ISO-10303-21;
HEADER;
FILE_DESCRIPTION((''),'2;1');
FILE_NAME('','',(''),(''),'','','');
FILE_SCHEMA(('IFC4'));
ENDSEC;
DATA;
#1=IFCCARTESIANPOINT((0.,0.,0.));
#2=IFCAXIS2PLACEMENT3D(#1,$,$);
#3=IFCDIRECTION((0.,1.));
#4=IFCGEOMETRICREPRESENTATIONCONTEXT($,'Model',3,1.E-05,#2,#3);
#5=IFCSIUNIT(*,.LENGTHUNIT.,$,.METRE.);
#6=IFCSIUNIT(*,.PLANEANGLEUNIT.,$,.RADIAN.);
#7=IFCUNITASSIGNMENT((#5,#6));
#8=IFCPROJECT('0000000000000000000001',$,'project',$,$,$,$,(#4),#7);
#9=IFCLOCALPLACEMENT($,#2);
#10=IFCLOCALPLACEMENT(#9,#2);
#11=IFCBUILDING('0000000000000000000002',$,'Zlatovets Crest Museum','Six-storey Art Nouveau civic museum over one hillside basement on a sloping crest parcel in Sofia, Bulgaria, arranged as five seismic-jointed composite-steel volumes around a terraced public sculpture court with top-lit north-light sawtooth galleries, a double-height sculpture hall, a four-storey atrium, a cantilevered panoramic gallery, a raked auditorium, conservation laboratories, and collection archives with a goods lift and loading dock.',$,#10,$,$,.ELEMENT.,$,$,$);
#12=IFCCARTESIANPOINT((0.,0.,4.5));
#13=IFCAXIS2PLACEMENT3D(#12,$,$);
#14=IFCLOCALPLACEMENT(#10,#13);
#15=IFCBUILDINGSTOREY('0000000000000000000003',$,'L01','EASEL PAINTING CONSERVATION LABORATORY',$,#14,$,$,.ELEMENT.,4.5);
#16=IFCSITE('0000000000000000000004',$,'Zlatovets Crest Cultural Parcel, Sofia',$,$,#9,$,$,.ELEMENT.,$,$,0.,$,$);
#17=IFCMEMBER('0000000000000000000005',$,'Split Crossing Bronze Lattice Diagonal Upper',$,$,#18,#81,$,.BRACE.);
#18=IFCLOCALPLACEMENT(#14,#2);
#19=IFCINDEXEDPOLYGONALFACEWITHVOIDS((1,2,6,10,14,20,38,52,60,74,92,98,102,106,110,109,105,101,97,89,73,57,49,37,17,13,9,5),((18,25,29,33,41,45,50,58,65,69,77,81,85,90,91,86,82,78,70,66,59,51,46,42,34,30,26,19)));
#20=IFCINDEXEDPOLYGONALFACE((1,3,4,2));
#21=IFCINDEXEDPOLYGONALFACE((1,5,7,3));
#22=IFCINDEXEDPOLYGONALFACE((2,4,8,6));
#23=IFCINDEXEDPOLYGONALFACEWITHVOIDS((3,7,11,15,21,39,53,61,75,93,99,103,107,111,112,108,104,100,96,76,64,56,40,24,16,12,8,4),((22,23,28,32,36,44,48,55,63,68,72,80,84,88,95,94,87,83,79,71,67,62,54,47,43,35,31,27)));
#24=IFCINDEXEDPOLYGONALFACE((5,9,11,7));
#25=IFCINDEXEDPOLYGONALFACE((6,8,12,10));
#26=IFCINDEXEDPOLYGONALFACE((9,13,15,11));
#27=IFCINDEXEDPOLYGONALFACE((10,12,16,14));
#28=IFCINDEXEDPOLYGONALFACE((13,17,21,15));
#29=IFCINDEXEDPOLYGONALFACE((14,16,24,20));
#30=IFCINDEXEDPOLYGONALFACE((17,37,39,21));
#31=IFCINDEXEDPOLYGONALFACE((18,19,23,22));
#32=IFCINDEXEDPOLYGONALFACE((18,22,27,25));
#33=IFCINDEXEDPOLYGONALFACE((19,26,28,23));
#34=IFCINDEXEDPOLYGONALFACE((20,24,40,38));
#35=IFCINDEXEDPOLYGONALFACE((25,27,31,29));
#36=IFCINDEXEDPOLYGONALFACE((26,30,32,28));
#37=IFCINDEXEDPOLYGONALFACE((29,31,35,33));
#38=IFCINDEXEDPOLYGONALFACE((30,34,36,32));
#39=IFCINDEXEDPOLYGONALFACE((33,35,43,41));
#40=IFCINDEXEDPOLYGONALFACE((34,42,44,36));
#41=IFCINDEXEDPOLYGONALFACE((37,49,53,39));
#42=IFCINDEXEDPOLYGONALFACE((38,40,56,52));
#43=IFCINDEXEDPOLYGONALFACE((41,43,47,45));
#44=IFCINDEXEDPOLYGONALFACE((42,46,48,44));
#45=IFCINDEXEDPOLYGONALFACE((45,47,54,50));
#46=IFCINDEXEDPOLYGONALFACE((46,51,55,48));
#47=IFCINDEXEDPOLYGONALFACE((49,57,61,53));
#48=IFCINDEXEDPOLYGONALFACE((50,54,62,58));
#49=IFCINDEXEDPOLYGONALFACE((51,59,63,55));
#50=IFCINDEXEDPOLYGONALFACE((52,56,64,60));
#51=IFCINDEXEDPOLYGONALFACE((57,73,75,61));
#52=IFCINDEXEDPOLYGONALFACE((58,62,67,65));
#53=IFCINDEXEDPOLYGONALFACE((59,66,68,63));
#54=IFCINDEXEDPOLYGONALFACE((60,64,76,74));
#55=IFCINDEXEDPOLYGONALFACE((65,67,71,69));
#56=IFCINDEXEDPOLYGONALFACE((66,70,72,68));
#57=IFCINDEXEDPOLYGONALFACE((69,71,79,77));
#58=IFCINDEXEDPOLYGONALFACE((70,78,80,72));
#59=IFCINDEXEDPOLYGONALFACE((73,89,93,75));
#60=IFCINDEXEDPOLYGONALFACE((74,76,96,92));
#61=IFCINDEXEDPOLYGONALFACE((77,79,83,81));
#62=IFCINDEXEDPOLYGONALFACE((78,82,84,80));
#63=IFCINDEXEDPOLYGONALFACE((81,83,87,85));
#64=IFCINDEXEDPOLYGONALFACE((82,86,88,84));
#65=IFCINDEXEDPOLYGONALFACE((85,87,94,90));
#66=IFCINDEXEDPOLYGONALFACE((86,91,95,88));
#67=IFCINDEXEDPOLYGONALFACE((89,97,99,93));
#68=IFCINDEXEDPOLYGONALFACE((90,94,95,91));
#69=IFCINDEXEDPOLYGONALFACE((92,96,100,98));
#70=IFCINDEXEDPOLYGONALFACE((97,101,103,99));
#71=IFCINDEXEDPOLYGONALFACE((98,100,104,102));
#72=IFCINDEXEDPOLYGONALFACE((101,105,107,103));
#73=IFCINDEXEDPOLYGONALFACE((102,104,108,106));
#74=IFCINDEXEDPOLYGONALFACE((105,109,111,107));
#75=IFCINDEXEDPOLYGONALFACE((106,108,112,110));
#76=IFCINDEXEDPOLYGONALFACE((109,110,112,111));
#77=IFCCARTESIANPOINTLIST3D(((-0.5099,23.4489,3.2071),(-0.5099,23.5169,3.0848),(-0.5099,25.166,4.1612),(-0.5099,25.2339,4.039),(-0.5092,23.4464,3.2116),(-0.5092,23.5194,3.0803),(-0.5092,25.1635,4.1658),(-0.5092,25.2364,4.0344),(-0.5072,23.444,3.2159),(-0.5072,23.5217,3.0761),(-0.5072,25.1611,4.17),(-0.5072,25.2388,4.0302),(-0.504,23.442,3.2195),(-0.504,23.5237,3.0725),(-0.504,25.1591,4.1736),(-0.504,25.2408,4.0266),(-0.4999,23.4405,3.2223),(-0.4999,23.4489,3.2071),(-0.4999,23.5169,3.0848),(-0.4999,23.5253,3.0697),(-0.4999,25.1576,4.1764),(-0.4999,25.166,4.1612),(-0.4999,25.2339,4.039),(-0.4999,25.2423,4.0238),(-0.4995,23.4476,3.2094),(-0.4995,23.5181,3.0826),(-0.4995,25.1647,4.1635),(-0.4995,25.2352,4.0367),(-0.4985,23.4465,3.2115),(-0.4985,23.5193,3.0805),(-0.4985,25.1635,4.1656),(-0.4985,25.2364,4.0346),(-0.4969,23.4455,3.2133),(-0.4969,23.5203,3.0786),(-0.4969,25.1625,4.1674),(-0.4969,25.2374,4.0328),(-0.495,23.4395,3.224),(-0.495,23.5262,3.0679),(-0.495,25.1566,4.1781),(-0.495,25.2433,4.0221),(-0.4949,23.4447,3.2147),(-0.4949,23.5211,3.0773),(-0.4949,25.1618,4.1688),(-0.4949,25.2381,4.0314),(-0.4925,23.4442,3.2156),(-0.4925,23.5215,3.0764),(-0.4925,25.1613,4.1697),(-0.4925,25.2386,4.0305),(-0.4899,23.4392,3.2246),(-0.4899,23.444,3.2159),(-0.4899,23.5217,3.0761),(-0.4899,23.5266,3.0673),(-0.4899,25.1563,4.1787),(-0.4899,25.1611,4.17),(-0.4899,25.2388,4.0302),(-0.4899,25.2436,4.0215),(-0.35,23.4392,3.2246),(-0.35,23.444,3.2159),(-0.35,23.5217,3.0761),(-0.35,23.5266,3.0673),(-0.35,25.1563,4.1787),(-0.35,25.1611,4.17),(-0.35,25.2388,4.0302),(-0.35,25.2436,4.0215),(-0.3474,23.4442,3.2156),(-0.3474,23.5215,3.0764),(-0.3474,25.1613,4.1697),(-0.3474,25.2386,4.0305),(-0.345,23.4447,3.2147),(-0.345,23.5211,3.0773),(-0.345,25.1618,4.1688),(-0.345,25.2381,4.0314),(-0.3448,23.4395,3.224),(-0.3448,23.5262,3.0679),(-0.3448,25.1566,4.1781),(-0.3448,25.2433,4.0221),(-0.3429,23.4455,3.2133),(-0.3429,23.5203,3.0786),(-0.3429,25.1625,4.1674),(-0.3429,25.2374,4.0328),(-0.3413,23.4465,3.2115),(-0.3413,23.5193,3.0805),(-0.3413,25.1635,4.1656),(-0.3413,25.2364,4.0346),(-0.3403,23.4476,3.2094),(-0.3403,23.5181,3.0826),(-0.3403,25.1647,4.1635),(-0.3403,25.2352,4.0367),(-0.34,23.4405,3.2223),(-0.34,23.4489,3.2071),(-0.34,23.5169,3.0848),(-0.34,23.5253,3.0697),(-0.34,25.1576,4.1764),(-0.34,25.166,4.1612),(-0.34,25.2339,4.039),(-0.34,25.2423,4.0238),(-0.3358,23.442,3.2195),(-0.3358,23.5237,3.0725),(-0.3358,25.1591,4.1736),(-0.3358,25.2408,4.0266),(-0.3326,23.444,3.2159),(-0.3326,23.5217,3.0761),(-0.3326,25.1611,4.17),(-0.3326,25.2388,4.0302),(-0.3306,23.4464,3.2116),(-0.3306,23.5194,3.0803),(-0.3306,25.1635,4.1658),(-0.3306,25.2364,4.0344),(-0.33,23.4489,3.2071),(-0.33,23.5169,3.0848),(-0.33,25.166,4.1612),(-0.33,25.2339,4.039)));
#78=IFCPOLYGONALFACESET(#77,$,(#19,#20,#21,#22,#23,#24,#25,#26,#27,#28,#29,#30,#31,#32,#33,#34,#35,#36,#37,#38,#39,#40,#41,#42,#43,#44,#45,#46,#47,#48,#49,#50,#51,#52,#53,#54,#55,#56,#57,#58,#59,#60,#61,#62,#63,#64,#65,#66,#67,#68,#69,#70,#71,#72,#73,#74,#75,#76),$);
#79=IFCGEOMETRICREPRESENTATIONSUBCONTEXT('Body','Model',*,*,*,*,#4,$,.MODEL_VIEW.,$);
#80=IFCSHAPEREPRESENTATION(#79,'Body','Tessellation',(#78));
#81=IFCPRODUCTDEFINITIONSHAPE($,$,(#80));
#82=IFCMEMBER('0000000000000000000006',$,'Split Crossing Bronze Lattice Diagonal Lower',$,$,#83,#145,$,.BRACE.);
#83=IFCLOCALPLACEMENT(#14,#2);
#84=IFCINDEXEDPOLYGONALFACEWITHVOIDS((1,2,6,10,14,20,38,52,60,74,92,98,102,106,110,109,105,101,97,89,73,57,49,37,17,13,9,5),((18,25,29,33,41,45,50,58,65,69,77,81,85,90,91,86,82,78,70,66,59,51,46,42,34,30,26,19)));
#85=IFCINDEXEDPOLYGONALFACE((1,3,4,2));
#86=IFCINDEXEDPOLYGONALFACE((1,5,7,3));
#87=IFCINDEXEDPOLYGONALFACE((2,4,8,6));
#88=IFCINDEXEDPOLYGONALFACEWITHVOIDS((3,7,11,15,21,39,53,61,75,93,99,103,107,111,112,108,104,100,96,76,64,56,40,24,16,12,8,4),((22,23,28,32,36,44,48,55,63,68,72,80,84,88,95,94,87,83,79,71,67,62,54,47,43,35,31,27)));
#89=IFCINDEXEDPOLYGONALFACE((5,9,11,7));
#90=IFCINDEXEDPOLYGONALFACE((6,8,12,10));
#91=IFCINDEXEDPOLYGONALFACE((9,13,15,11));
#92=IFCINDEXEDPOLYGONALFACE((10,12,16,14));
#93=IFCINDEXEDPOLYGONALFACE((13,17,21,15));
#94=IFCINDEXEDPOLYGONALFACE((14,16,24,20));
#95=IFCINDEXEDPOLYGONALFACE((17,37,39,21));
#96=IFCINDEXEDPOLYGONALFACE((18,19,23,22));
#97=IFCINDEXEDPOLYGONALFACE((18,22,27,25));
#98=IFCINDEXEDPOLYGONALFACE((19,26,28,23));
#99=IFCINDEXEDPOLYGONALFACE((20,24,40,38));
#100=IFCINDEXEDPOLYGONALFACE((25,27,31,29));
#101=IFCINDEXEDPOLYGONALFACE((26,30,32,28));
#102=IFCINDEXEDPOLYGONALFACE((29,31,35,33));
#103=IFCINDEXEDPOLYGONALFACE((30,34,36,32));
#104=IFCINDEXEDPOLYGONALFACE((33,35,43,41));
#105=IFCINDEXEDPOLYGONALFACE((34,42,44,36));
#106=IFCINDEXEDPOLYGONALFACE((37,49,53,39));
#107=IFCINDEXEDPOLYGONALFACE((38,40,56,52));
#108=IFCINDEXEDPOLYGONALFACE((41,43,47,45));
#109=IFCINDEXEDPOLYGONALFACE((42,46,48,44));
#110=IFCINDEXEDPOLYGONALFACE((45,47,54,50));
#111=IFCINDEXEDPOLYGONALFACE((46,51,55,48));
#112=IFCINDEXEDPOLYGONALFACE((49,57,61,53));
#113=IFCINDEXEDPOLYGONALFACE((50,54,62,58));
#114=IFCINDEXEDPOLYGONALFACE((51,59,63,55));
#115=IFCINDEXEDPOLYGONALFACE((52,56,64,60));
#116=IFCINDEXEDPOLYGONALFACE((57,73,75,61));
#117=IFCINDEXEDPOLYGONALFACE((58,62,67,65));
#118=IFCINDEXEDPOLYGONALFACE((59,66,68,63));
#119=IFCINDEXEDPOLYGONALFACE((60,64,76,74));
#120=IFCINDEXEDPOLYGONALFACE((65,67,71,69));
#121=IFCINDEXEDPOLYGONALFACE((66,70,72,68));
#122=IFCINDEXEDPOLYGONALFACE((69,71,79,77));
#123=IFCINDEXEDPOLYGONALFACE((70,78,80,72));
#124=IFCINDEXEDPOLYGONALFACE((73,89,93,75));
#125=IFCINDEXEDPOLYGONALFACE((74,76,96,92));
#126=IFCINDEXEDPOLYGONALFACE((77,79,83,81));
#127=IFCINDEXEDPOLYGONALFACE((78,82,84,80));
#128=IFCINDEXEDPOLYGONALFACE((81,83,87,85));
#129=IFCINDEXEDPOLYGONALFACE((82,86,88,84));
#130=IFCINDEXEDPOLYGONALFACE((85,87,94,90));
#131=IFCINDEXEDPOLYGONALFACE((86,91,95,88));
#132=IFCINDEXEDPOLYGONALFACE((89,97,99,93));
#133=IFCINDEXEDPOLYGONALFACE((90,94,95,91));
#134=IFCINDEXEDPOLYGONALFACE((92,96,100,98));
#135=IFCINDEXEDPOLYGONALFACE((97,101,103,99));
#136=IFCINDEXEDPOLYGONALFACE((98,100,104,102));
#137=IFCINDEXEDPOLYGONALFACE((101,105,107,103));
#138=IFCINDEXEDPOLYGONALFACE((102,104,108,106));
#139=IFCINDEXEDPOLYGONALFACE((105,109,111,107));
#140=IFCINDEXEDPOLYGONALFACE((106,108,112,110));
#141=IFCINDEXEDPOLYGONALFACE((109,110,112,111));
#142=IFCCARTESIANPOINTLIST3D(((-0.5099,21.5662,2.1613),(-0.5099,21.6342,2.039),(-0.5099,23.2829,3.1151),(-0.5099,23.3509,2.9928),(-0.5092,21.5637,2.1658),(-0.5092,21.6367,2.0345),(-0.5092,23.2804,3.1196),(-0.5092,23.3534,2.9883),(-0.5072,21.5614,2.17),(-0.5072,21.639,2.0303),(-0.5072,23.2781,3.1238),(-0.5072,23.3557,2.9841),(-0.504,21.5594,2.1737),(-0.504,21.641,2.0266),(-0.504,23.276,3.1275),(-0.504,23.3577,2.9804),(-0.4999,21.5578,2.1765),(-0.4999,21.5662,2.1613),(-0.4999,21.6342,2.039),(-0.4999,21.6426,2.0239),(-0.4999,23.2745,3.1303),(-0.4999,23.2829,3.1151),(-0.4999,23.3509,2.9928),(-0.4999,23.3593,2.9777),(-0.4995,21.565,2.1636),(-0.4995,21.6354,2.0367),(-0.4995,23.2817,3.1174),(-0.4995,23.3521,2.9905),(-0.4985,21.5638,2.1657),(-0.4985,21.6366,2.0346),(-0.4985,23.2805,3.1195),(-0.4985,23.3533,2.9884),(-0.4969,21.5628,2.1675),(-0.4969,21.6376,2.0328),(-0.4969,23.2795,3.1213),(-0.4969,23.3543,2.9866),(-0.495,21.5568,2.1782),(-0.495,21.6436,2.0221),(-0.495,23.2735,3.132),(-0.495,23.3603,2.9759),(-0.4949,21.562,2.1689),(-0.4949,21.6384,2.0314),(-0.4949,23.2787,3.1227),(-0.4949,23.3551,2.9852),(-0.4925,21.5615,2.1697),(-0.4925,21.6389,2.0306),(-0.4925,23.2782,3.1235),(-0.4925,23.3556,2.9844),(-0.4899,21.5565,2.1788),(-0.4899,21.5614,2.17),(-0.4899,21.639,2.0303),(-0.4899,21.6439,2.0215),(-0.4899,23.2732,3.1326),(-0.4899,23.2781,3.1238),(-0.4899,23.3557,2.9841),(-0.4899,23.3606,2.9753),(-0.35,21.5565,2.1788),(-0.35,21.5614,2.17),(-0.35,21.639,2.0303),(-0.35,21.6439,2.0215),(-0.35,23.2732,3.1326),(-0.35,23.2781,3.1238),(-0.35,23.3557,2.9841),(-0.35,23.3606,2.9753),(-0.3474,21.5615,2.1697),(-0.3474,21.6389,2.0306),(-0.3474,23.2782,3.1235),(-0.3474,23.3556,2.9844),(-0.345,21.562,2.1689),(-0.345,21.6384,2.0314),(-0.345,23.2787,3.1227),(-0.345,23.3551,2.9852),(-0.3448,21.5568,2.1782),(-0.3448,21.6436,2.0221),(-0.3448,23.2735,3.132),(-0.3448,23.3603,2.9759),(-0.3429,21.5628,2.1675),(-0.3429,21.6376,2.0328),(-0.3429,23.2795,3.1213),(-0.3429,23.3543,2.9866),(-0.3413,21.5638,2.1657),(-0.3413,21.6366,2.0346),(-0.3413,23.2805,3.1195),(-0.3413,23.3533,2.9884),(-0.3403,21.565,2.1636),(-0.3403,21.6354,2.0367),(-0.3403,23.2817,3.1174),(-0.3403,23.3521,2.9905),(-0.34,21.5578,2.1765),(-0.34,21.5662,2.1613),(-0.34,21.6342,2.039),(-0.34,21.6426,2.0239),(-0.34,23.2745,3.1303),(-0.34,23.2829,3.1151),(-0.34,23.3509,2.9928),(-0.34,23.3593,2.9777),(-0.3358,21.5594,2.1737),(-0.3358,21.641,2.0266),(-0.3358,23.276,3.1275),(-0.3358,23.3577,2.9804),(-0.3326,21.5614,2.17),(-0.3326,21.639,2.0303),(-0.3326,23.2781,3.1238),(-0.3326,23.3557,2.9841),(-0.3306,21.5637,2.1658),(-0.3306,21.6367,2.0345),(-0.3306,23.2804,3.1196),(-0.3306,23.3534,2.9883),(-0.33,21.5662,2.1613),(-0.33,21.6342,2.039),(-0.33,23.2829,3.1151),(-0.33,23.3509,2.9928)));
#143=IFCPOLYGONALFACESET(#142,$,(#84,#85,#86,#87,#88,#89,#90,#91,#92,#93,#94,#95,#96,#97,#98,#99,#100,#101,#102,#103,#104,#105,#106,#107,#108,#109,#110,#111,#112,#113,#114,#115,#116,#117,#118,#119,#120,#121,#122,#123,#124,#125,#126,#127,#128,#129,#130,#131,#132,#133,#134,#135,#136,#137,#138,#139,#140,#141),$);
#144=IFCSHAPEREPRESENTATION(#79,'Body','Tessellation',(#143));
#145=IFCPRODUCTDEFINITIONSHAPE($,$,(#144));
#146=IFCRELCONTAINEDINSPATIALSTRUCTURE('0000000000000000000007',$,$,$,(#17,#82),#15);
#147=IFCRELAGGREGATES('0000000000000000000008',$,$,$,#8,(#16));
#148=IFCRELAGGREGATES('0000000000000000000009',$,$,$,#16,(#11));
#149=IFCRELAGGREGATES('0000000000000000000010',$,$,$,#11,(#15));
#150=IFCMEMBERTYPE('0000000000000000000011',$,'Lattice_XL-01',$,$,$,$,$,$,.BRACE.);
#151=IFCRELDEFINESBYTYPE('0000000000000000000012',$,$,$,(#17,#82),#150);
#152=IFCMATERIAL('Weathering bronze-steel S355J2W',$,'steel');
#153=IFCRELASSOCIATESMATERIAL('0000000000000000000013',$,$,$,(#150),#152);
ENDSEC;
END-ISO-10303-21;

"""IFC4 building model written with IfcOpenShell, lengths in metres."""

from ifc_helpers import new_model, si_unit, direction, frame, origin, origin_2d, place, context, subcontext, project, spatial, hollow_rectangle, extrude, material, material_profile, profile_set, type_object, element, save


model = new_model("IFC4")

# Units and contexts
model_context = context("Model", 3, precision=1e-05, world=origin(), true_north=direction((0.0, 1.0)))
body_context = subcontext(model_context, "Body", "Model", "MODEL_VIEW")
ifc_project = project(units=[si_unit("LENGTHUNIT", "METRE"), si_unit("PLANEANGLEUNIT", "RADIAN")], contexts=[model_context])

# Site, building, storey
site_placement = place(None, origin())
site = spatial("IfcSite", under=ifc_project, at=site_placement, Name="Zlatovets Crest Cultural Parcel, Sofia", CompositionType="ELEMENT", RefElevation=0.0)
building_placement = place(site_placement, origin())
building = spatial("IfcBuilding", under=site, at=building_placement, Name="Zlatovets Crest Museum", Description="Six-storey Art Nouveau civic museum over one hillside basement on a sloping crest parcel in Sofia, Bulgaria, arranged as five seismic-jointed composite-steel volumes around a terraced public sculpture court with top-lit north-light sawtooth galleries, a double-height sculpture hall, a four-storey atrium, a cantilevered panoramic gallery, a raked auditorium, conservation laboratories, and collection archives with a goods lift and loading dock.", CompositionType="ELEMENT")
storey_placement = place(building_placement, frame((0.0, 0.0, 4.5)))
storey = spatial("IfcBuildingStorey", under=building, at=storey_placement, Name="L01", Description="EASEL PAINTING CONSERVATION LABORATORY", CompositionType="ELEMENT", Elevation=4.5)

# Members
ifc_material_1 = material(Name="Weathering bronze-steel S355J2W", Category="steel")
ifc_material_profile_1 = material_profile(ifc_material_1, hollow_rectangle(XDim=0.1799, YDim=0.1799, WallThickness=0.01, InnerFilletRadius=0.01, OuterFilletRadius=0.02, at=origin_2d()), Name="SHS 180x180x10.0")
ifc_profile_set_1 = profile_set([ifc_material_profile_1], Name="Weathering bronze-steel S355J2W")
member_type_1 = type_object("IfcMemberType", Name="Lattice_XL-01", PredefinedType="BRACE", material=ifc_profile_set_1)
member_1_placement = place(storey_placement, frame((-0.4199, 25.2, 4.1001), z_axis=(0.0, -0.874116, -0.485717), x_axis=(1.0, 0.0, 0.0)))
element("IfcMember", 1, at=member_1_placement, inside=storey, type_object=member_type_1, Name="Split Crossing Bronze Lattice Diagonal Upper", PredefinedType="BRACE", context=body_context, shape_type="SweptSolid", body=[
    extrude(hollow_rectangle(XDim=0.1799, YDim=0.1799, WallThickness=0.01, InnerFilletRadius=0.01, OuterFilletRadius=0.02, at=origin_2d()), origin(), (0.0, 0.0, 1.0), 1.9644),
])
member_2_placement = place(storey_placement, frame((-0.4199, 23.3169, 3.054), z_axis=(0.0, -0.87414, -0.485675), x_axis=(1.0, 0.0, 0.0)))
element("IfcMember", 2, at=member_2_placement, inside=storey, type_object=member_type_1, Name="Split Crossing Bronze Lattice Diagonal Lower", PredefinedType="BRACE", context=body_context, shape_type="SweptSolid", body=[
    extrude(hollow_rectangle(XDim=0.1799, YDim=0.1799, WallThickness=0.01, InnerFilletRadius=0.01, OuterFilletRadius=0.02, at=origin_2d()), origin(), (0.0, 0.0, 1.0), 1.9639),
])

save(model, "model.ifc")
